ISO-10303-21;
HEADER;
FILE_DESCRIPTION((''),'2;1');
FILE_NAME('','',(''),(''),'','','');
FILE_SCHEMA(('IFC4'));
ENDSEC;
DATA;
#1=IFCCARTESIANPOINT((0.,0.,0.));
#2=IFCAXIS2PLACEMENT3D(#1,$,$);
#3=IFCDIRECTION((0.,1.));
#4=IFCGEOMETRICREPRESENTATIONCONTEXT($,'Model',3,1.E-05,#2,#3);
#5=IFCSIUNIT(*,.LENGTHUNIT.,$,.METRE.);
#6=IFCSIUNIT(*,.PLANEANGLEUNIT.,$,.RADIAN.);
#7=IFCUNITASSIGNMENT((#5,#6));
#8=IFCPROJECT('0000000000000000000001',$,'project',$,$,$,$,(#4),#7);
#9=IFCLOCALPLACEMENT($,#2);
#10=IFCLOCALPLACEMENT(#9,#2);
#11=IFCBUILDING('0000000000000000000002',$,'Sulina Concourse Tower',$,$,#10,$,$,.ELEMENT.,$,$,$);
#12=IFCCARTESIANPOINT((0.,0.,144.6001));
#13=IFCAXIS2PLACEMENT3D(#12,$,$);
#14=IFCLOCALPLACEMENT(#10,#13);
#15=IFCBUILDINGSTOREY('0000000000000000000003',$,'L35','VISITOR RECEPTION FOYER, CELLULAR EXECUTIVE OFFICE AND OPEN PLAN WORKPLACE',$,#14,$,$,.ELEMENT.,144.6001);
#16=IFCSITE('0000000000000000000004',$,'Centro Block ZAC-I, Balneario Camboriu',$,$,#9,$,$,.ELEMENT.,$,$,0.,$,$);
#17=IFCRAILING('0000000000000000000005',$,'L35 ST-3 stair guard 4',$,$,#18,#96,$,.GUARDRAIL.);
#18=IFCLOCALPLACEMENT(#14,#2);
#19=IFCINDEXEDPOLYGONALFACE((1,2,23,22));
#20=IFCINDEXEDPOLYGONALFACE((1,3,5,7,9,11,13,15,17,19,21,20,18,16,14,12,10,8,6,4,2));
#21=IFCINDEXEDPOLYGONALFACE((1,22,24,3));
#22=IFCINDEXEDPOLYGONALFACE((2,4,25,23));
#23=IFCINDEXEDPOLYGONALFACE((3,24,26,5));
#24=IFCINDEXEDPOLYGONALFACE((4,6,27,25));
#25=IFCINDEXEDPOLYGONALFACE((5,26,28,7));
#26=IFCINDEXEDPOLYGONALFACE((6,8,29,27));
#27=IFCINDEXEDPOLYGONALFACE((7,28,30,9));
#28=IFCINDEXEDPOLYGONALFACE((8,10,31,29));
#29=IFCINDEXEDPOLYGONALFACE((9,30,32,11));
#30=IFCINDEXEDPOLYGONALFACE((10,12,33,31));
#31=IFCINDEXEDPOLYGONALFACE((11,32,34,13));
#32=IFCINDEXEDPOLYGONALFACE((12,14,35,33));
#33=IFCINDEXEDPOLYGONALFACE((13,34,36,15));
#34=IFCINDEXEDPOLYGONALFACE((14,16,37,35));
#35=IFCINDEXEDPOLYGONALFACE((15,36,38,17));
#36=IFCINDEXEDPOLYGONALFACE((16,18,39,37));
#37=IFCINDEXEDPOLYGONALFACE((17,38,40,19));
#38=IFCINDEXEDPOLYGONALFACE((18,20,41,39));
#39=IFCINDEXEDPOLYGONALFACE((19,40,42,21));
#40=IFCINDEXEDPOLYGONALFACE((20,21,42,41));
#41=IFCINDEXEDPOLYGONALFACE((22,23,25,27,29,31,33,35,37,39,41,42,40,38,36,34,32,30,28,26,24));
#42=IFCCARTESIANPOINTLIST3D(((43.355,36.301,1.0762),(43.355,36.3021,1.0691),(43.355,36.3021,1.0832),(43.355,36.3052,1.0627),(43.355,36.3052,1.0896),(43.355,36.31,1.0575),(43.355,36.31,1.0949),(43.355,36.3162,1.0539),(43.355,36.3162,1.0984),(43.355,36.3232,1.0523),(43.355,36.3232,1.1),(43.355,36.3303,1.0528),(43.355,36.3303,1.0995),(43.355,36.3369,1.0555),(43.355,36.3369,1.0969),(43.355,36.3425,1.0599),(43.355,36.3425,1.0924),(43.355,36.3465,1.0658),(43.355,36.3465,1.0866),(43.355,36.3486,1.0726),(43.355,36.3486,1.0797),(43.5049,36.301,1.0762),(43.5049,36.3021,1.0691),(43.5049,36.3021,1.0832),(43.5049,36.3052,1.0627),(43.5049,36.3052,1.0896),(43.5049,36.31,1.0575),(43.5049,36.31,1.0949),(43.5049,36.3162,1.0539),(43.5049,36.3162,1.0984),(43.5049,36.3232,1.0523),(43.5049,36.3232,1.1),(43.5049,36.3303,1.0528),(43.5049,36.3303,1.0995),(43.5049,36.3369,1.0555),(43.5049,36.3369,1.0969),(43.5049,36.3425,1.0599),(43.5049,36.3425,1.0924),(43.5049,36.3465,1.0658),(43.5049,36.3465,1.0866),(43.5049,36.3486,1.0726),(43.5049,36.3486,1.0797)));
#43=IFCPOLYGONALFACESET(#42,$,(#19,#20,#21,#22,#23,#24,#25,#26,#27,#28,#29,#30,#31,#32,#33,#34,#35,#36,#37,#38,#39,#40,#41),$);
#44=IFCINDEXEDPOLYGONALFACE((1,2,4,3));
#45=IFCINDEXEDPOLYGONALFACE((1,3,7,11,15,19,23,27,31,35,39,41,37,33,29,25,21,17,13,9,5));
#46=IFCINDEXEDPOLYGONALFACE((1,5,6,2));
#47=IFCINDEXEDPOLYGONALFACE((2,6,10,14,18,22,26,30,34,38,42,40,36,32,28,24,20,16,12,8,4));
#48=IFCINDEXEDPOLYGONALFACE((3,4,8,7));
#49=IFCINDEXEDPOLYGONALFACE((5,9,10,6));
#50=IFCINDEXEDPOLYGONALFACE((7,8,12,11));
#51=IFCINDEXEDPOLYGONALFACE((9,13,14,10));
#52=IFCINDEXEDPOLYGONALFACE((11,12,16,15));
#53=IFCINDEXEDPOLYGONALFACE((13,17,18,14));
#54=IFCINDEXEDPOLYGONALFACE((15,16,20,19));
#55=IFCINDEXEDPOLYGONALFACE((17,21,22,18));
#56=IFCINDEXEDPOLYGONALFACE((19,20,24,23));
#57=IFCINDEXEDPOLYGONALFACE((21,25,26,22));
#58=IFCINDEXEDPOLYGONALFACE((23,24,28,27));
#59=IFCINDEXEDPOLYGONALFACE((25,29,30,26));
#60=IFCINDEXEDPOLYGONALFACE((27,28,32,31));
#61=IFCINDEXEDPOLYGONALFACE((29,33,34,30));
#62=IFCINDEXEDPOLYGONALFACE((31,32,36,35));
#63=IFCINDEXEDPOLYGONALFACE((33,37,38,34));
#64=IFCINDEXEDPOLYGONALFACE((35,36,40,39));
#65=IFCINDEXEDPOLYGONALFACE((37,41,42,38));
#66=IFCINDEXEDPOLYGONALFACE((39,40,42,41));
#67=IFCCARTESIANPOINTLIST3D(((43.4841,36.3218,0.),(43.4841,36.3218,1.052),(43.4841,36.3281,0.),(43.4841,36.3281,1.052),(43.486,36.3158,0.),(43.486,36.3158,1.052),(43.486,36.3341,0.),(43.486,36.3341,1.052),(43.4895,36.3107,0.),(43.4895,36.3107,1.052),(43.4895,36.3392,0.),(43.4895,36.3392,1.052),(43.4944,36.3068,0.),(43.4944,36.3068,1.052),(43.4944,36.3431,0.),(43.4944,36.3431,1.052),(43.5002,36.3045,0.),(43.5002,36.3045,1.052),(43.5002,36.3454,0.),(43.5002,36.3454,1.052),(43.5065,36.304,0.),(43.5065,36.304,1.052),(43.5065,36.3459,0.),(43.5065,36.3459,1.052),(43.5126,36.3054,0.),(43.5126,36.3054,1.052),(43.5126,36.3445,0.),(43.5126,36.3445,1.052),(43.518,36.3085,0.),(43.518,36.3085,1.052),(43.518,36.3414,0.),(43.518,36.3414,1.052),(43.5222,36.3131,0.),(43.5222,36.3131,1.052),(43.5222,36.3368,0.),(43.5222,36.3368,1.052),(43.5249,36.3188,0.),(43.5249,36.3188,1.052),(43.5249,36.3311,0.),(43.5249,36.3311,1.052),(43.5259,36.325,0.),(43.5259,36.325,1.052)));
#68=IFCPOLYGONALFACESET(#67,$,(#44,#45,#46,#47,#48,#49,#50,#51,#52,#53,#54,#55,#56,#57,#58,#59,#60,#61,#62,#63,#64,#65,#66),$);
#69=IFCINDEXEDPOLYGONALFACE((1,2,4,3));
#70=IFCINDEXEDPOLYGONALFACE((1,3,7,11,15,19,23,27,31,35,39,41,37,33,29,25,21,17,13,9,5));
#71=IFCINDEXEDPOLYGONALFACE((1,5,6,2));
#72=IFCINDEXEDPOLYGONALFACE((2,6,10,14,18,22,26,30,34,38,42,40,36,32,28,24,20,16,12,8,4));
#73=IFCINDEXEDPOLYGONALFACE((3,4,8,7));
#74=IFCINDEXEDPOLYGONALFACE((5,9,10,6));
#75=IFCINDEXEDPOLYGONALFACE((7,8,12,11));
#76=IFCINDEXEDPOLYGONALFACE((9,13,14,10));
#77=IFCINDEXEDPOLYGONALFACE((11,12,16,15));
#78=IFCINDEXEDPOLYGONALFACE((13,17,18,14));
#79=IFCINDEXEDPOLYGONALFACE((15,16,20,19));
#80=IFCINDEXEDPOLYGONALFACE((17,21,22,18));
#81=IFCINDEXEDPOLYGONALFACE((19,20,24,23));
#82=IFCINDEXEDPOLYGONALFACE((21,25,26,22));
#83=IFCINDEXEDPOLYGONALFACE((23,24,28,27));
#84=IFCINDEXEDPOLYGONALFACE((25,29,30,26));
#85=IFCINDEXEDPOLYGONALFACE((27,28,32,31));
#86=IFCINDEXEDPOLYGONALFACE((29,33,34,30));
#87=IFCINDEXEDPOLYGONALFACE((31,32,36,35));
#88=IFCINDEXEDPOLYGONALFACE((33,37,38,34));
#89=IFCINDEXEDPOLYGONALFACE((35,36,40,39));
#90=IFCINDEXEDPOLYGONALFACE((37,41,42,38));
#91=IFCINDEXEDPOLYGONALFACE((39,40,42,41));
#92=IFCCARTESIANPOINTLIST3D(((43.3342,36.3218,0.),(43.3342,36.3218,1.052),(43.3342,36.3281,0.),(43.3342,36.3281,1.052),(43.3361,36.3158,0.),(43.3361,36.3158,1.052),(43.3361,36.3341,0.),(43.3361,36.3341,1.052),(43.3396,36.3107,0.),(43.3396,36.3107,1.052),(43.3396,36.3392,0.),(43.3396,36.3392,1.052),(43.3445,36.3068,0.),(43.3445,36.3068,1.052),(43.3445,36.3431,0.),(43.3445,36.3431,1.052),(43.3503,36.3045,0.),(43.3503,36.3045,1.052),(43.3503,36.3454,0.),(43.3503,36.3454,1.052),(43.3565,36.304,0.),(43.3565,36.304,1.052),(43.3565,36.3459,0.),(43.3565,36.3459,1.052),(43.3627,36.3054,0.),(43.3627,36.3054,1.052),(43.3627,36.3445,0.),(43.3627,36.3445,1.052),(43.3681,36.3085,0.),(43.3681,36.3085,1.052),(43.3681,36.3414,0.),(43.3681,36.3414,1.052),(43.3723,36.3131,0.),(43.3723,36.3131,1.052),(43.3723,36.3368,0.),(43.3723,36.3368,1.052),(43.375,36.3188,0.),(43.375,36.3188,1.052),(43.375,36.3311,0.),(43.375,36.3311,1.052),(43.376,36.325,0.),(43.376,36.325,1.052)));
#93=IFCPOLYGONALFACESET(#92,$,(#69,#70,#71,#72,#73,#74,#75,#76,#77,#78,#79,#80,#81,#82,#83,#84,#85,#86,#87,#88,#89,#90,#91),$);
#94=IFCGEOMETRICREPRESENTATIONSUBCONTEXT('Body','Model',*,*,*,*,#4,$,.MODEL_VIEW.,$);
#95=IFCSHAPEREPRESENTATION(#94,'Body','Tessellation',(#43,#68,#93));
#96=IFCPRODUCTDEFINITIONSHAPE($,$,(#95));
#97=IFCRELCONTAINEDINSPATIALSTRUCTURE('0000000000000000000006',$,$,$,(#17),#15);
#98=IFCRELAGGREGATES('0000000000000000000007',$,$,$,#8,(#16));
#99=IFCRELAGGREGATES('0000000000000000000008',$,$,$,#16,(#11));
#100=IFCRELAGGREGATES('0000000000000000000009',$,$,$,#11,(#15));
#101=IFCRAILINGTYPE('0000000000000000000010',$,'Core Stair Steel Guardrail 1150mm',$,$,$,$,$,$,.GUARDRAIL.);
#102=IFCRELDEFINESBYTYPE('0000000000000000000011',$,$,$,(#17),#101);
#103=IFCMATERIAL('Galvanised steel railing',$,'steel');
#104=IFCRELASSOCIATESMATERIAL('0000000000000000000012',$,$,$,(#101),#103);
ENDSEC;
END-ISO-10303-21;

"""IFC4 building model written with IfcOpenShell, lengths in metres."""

from ifc_helpers import new_model, si_unit, direction, frame, origin, origin_2d, place, context, subcontext, project, spatial, circle, extrude, material, type_object, element, save


model = new_model("IFC4")

# Units and contexts
model_context = context("Model", 3, precision=1e-05, world=origin(), true_north=direction((0.0, 1.0)))
body_context = subcontext(model_context, "Body", "Model", "MODEL_VIEW")
ifc_project = project(units=[si_unit("LENGTHUNIT", "METRE"), si_unit("PLANEANGLEUNIT", "RADIAN")], contexts=[model_context])

# Site, building, storey
site_placement = place(None, origin())
site = spatial("IfcSite", under=ifc_project, at=site_placement, Name="Centro Block ZAC-I, Balneario Camboriu", CompositionType="ELEMENT", RefElevation=0.0)
building_placement = place(site_placement, origin())
building = spatial("IfcBuilding", under=site, at=building_placement, Name="Sulina Concourse Tower", CompositionType="ELEMENT")
storey_placement = place(building_placement, frame((0.0, 0.0, 144.6001)))
storey = spatial("IfcBuildingStorey", under=building, at=storey_placement, Name="L35", Description="VISITOR RECEPTION FOYER, CELLULAR EXECUTIVE OFFICE AND OPEN PLAN WORKPLACE", CompositionType="ELEMENT", Elevation=144.6001)

# Railing
ifc_material_1 = material(Name="Galvanised steel railing", Category="steel")
railing_type_1 = type_object("IfcRailingType", Name="Core Stair Steel Guardrail 1150mm", PredefinedType="GUARDRAIL", material=ifc_material_1)
railing_1_placement = place(storey_placement, frame((43.5049, 36.325, 0.0)))
element("IfcRailing", 1, at=railing_1_placement, inside=storey, type_object=railing_type_1, Name="L35 ST-3 stair guard 4", PredefinedType="GUARDRAIL", context=body_context, shape_type="SweptSolid", body=[
    extrude(circle(Radius=0.0239, at=origin_2d()), frame((0.0, 0.0, 1.0762), z_axis=(-1.0, 0.0, 0.0), x_axis=(0.0, -1.0, 0.0)), (0.0, 0.0, 1.0), 0.1499),
    extrude(circle(Radius=0.021, at=origin_2d()), origin(), (0.0, 0.0, 1.0), 1.052),
    extrude(circle(Radius=0.021, at=origin_2d()), frame((-0.1499, 0.0, 0.0)), (0.0, 0.0, 1.0), 1.052),
])

save(model, "model.ifc")
